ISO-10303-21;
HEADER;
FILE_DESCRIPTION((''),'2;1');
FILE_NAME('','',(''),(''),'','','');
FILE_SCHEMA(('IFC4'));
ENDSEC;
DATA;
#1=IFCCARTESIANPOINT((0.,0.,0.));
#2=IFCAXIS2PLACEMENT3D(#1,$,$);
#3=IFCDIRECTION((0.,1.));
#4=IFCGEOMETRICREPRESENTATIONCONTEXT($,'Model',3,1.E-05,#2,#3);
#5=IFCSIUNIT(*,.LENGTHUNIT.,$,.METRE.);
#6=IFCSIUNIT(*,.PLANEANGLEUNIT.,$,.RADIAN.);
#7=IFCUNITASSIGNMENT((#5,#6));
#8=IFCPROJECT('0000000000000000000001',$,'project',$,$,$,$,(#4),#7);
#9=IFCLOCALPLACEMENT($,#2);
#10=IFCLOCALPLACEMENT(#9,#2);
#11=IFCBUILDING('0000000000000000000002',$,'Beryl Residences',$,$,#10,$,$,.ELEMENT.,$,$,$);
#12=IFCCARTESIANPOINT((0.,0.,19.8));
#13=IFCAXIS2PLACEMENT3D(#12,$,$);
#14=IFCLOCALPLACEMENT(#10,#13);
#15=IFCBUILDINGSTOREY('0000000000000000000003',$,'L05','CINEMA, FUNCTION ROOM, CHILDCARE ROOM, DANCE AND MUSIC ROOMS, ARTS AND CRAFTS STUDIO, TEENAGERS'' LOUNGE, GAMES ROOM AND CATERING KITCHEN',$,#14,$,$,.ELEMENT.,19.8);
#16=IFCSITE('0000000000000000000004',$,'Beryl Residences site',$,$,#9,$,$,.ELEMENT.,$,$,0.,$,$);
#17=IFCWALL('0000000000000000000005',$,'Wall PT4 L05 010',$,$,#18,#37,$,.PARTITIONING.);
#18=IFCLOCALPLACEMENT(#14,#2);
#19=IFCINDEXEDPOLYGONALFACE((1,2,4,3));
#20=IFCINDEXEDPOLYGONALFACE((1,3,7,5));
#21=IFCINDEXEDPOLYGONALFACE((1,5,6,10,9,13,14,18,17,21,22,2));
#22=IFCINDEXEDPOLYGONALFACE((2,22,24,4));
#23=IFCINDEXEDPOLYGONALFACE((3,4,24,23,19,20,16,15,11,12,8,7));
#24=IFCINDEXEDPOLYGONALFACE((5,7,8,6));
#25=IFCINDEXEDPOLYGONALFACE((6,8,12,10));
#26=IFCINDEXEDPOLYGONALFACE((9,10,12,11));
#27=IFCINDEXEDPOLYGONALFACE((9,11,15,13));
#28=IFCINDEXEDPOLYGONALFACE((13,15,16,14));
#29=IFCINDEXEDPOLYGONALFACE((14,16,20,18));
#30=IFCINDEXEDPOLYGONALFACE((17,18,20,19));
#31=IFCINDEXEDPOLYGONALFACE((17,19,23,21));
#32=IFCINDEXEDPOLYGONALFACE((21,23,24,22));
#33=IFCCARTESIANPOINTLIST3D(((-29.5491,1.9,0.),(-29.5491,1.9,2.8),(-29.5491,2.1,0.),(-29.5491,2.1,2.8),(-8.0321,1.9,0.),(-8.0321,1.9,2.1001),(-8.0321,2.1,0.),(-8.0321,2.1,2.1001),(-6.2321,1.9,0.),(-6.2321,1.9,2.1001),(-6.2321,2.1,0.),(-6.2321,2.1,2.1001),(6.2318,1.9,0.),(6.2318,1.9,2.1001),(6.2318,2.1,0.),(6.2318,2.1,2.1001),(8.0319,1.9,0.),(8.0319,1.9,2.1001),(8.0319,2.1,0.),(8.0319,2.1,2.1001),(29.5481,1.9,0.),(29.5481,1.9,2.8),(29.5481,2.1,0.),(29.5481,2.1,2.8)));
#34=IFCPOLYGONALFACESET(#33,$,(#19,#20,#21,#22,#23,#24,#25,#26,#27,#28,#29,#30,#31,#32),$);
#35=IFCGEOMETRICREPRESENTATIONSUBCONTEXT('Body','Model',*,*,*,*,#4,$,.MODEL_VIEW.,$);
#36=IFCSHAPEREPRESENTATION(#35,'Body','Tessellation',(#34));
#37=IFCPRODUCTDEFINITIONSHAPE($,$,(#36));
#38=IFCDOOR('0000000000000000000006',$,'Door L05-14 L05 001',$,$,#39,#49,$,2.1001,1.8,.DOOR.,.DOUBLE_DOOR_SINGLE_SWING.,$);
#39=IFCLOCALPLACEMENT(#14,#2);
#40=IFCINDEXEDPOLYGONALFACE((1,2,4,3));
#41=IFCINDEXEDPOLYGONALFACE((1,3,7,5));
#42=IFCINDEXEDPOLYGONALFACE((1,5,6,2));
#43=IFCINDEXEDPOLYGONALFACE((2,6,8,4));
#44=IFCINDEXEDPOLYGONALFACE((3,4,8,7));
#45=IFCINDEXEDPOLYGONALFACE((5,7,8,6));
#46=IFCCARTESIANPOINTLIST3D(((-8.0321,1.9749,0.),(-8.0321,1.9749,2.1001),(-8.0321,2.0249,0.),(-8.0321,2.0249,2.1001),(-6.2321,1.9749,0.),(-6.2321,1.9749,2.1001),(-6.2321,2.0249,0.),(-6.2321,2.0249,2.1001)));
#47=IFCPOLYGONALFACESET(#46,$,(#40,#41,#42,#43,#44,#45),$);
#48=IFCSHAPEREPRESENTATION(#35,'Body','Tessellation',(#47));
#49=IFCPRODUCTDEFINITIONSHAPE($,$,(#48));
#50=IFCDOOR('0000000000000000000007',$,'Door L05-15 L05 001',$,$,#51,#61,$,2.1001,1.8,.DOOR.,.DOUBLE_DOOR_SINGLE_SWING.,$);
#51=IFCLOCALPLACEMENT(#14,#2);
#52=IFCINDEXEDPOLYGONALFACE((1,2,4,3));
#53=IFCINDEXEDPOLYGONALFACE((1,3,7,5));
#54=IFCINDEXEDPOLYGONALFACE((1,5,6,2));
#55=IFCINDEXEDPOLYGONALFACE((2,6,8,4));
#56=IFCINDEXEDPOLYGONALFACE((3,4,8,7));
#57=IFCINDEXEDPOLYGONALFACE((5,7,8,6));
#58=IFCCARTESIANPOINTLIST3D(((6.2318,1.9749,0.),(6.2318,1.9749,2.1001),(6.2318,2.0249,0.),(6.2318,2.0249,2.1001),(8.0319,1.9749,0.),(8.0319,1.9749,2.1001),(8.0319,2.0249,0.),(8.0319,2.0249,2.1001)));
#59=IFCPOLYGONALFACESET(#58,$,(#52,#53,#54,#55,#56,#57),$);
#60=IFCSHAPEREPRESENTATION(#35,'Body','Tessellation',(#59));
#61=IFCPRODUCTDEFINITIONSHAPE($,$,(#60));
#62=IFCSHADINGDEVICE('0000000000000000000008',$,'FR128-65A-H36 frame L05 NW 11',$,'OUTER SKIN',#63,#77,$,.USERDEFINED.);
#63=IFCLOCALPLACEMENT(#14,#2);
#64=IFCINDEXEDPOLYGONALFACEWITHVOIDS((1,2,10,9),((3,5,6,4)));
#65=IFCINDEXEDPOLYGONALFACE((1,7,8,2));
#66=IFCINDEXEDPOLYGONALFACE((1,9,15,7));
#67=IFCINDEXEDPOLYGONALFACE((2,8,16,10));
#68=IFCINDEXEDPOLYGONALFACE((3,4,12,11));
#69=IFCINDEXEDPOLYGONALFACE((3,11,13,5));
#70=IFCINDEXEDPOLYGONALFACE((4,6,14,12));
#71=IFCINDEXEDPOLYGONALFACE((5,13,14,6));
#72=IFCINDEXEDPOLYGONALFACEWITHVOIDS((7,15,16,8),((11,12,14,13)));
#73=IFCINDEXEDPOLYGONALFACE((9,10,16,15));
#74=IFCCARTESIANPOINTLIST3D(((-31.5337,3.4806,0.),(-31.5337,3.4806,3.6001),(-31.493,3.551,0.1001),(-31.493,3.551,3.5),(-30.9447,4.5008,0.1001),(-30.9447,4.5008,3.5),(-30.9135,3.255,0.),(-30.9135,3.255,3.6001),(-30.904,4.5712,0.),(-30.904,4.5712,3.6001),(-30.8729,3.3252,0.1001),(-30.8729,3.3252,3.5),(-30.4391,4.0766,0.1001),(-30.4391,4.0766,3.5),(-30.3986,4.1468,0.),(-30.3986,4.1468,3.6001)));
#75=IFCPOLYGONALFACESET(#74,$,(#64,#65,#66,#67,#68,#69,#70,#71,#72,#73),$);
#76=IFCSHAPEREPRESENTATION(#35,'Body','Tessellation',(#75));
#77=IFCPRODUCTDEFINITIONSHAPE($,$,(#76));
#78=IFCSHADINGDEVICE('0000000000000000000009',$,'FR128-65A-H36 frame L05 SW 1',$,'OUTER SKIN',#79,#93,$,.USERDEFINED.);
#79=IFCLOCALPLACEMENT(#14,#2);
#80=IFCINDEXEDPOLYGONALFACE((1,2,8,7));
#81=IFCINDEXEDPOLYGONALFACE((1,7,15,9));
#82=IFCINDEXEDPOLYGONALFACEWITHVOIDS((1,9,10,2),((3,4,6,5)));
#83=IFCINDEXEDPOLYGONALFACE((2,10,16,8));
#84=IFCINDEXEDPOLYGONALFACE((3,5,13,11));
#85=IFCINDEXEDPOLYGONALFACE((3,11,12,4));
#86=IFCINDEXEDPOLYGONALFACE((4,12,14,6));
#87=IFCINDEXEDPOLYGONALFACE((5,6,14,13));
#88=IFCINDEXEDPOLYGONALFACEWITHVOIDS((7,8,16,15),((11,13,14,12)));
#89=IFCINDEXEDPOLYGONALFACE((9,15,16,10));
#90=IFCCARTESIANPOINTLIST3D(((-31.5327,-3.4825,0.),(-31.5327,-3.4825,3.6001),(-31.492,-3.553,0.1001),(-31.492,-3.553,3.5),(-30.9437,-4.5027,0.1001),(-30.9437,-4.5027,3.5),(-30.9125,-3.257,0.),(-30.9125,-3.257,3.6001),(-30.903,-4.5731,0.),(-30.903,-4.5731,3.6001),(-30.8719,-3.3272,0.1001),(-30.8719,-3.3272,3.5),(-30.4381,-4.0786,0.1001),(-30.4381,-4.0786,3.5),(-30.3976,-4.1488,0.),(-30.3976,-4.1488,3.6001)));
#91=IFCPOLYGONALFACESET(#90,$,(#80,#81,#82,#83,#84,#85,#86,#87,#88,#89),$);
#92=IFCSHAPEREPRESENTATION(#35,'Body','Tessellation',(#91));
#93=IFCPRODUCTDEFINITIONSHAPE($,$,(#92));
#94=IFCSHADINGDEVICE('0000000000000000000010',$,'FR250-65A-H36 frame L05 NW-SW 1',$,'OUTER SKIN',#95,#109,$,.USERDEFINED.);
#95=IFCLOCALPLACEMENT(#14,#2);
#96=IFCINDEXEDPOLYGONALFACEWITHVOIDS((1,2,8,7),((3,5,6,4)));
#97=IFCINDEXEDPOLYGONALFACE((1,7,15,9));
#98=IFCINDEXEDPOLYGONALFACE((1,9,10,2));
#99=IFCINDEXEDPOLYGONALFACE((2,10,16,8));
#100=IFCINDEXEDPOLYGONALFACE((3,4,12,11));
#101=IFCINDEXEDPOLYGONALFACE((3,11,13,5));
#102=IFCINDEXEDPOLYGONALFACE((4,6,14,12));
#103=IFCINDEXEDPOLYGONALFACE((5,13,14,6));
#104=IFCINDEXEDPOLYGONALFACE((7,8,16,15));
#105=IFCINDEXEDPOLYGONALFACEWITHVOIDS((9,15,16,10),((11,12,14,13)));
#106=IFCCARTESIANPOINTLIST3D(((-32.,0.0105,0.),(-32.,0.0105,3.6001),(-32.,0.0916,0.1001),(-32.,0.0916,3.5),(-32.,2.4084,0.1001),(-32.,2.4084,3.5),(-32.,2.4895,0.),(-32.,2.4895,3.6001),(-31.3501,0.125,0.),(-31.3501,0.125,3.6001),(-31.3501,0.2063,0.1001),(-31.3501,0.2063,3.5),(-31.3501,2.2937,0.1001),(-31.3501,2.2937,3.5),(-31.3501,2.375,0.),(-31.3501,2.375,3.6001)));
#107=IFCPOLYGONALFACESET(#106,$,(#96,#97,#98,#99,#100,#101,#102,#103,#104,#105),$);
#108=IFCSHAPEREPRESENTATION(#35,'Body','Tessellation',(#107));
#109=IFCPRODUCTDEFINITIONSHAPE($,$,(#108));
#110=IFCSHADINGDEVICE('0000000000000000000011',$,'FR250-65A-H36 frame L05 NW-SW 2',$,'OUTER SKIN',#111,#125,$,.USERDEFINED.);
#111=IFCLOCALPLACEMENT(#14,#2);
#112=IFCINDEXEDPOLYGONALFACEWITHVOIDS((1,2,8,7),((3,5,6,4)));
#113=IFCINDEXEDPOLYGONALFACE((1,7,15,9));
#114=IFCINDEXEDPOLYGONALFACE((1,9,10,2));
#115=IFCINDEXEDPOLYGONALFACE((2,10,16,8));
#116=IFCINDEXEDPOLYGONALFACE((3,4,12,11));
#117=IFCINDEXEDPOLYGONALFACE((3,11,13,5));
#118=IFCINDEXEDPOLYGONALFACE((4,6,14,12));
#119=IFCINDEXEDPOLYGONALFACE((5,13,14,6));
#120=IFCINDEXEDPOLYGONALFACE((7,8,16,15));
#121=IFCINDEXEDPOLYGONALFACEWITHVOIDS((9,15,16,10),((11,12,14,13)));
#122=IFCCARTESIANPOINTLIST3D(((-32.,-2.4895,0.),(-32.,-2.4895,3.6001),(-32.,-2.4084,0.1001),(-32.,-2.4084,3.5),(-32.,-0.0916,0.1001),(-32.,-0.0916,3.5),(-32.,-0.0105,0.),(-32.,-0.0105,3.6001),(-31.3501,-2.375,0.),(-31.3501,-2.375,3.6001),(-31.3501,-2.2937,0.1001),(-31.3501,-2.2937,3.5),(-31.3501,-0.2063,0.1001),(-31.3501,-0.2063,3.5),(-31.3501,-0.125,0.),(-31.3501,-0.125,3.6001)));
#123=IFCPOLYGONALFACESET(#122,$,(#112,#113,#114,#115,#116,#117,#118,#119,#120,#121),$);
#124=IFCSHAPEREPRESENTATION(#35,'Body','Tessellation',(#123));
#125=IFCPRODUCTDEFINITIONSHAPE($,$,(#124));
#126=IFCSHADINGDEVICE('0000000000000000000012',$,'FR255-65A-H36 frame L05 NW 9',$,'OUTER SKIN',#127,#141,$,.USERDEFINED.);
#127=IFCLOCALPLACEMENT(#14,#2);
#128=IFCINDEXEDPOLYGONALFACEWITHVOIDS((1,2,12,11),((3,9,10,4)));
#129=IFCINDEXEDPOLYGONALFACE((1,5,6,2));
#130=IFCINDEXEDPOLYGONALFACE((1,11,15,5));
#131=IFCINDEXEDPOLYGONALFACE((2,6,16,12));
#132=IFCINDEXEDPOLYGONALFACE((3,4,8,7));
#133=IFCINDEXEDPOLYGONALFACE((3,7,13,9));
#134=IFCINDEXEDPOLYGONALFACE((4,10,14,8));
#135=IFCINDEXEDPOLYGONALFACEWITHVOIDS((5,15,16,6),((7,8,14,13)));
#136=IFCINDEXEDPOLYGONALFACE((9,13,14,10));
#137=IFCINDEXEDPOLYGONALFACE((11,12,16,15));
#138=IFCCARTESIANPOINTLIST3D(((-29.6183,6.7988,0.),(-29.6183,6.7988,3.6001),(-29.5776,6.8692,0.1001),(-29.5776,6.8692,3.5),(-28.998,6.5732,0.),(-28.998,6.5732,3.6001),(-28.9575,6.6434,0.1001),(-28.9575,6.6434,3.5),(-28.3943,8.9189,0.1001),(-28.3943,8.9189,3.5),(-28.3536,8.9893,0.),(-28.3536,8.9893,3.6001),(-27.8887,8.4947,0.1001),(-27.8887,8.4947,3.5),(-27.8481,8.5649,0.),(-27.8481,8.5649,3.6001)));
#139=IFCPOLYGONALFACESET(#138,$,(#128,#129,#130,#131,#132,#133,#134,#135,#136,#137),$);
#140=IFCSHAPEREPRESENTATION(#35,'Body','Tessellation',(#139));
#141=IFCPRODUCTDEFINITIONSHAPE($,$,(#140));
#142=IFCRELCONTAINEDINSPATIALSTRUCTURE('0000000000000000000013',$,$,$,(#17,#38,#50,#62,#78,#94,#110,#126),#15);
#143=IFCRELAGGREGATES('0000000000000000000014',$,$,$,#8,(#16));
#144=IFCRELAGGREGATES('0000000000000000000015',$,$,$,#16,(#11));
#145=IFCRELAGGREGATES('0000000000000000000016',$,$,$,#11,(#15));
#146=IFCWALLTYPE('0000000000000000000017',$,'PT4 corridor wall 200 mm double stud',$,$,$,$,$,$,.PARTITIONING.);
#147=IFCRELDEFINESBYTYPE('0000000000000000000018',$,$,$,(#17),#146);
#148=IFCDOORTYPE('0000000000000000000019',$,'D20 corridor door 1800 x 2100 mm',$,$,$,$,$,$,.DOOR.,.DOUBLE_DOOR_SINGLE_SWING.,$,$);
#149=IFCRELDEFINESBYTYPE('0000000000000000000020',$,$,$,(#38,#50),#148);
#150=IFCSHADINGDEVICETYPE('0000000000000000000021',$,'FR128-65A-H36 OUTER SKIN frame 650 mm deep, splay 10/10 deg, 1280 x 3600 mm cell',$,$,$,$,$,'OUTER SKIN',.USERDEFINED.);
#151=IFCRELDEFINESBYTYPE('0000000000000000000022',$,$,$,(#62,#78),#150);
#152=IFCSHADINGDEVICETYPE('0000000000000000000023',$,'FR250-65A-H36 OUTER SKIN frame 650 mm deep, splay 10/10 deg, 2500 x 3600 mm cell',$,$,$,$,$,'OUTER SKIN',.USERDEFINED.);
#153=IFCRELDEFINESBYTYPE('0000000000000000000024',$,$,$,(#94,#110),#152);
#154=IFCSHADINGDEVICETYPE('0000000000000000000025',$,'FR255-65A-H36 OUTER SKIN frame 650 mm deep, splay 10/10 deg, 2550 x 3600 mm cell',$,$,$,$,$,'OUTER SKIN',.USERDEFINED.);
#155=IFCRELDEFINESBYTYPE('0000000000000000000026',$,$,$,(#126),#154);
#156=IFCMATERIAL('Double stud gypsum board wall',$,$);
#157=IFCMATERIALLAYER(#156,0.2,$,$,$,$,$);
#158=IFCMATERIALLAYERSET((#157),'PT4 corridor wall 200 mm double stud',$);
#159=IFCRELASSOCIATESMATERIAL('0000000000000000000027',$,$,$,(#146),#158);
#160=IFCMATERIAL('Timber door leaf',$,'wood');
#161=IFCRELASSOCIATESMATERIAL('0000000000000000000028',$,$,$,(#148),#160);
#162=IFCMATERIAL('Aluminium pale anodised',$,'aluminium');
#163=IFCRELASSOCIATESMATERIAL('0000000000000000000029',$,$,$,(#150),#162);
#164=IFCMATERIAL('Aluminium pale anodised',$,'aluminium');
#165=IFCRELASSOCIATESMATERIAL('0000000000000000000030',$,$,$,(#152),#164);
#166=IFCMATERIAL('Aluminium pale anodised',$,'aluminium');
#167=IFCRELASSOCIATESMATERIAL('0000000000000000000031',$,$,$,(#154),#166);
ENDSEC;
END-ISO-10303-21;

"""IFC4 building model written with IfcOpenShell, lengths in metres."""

from ifc_helpers import new_model, entity, si_unit, direction, frame, frame_2d, origin, place, context, subcontext, project, spatial, rectangle, extrude, source, transform, mapped, material, layer, layer_set, type_object, type_shapes, element, fill, save


model = new_model("IFC4")

# Units and contexts
model_context = context("Model", 3, precision=1e-05, world=origin(), true_north=direction((0.0, 1.0)))
body_context = subcontext(model_context, "Body", "Model", "MODEL_VIEW")
ifc_project = project(units=[si_unit("LENGTHUNIT", "METRE"), si_unit("PLANEANGLEUNIT", "RADIAN")], contexts=[model_context])

# Site, building, storey
site_placement = place(None, origin())
site = spatial("IfcSite", under=ifc_project, at=site_placement, Name="Beryl Residences site", CompositionType="ELEMENT", RefElevation=0.0)
building_placement = place(site_placement, origin())
building = spatial("IfcBuilding", under=site, at=building_placement, Name="Beryl Residences", CompositionType="ELEMENT")
storey_placement = place(building_placement, frame((0.0, 0.0, 19.8)))
storey = spatial("IfcBuildingStorey", under=building, at=storey_placement, Name="L05", Description="CINEMA, FUNCTION ROOM, CHILDCARE ROOM, DANCE AND MUSIC ROOMS, ARTS AND CRAFTS STUDIO, TEENAGERS' LOUNGE, GAMES ROOM AND CATERING KITCHEN", CompositionType="ELEMENT", Elevation=19.8)

# Shared definitions
ifc_material_1 = material(Name="Double stud gypsum board wall")
ifc_layer_1 = layer(ifc_material_1, 0.2)
ifc_layer_set_1 = layer_set([ifc_layer_1], Name="PT4 corridor wall 200 mm double stud")
wall_type_1 = type_object("IfcWallType", Name="PT4 corridor wall 200 mm double stud", PredefinedType="PARTITIONING", material=ifc_layer_set_1)

# Wall, openings, doors
wall_1_placement = place(storey_placement, frame((-29.5491, 2.0, 0.0), z_axis=(0.0, 0.0, 1.0), x_axis=(1.0, 0.0, 0.0)))
wall_1 = element("IfcWall", 1, at=wall_1_placement, inside=storey, type_object=wall_type_1, Name="Wall PT4 L05 010", PredefinedType="PARTITIONING", context=body_context, shape_type="SweptSolid", body=[
    extrude(rectangle(XDim=59.0972, YDim=0.2, at=frame_2d((29.5486, 0.0))), origin(), (0.0, 0.0, 1.0), 2.8),
])
opening_1_placement = place(wall_1_placement, frame((21.5171, 0.0, 0.0)))
opening_1 = element("IfcOpeningElement", 2, at=opening_1_placement, cuts=wall_1, PredefinedType="OPENING", context=body_context, shape_type="SweptSolid", body=[
    extrude(rectangle(XDim=1.8, YDim=2.1001, at=frame_2d((0.8999, 1.05))), frame((0.0, 0.1099, 0.0), z_axis=(0.0, -1.0, 0.0), x_axis=(1.0, 0.0, 0.0)), (0.0, 0.0, 1.0), 0.22),
])
opening_2_placement = place(wall_1_placement, frame((35.781, 0.0, 0.0)))
opening_2 = element("IfcOpeningElement", 3, at=opening_2_placement, cuts=wall_1, PredefinedType="OPENING", context=body_context, shape_type="SweptSolid", body=[
    extrude(rectangle(XDim=1.8, YDim=2.1001, at=frame_2d((0.8999, 1.05))), frame((0.0, 0.1099, 0.0), z_axis=(0.0, -1.0, 0.0), x_axis=(1.0, 0.0, 0.0)), (0.0, 0.0, 1.0), 0.22),
])
ifc_material_2 = material(Name="Timber door leaf", Category="wood")
door_type = type_object("IfcDoorType", Name="D20 corridor door 1800 x 2100 mm", OperationType="DOUBLE_DOOR_SINGLE_SWING", PredefinedType="DOOR", material=ifc_material_2)
door_1_placement = place(opening_1_placement, origin())
door_1 = element("IfcDoor", 4, at=door_1_placement, inside=storey, type_object=door_type, Name="Door L05-14 L05 001", OperationType="DOUBLE_DOOR_SINGLE_SWING", OverallHeight=2.1001, OverallWidth=1.8, PredefinedType="DOOR", context=body_context, shape_type="SweptSolid", body=[
    extrude(rectangle(XDim=1.8, YDim=2.1001, at=frame_2d((0.8999, 1.05))), frame((0.0, 0.0249, 0.0), z_axis=(0.0, -1.0, 0.0), x_axis=(1.0, 0.0, 0.0)), (0.0, 0.0, 1.0), 0.05),
])
fill(opening_1, door_1)
door_2_placement = place(opening_2_placement, origin())
door_2 = element("IfcDoor", 5, at=door_2_placement, inside=storey, type_object=door_type, Name="Door L05-15 L05 001", OperationType="DOUBLE_DOOR_SINGLE_SWING", OverallHeight=2.1001, OverallWidth=1.8, PredefinedType="DOOR", context=body_context, shape_type="SweptSolid", body=[
    extrude(rectangle(XDim=1.8, YDim=2.1001, at=frame_2d((0.8999, 1.05))), frame((0.0, 0.0249, 0.0), z_axis=(0.0, -1.0, 0.0), x_axis=(1.0, 0.0, 0.0)), (0.0, 0.0, 1.0), 0.05),
])
fill(opening_2, door_2)

# Shading devices
ifc_material_3 = material(Name="Aluminium pale anodised", Category="aluminium")
shading_device_type_1 = type_object("IfcShadingDeviceType", Name="FR128-65A-H36 OUTER SKIN frame 650 mm deep, splay 10/10 deg, 1280 x 3600 mm cell", ElementType="OUTER SKIN", PredefinedType="USERDEFINED", material=ifc_material_3)
cartesian_point_1 = entity("IfcCartesianPoint", [-0.5149, 0.0])
cartesian_point_2 = entity("IfcCartesianPoint", [-0.4338, 0.1001])
cartesian_point_3 = entity("IfcCartesianPoint", [-0.6296, 0.0])
cartesian_point_4 = entity("IfcCartesianPoint", [-0.5483, 0.1001])
shared_shape_1 = source(origin(), body_context, "Body", "SweptSolid", [
    entity("IfcExtrudedAreaSolidTapered", entity("IfcArbitraryProfileDefWithVoids", "AREA", None, entity("IfcPolyline", [cartesian_point_1, entity("IfcCartesianPoint", [0.5149, 0.0]), entity("IfcCartesianPoint", [0.5149, 3.6001]), entity("IfcCartesianPoint", [-0.5149, 3.6001]), cartesian_point_1]), [entity("IfcPolyline", [cartesian_point_2, entity("IfcCartesianPoint", [0.4338, 0.1001]), entity("IfcCartesianPoint", [0.4338, 3.5]), entity("IfcCartesianPoint", [-0.4338, 3.5]), cartesian_point_2])]), entity("IfcAxis2Placement3D", entity("IfcCartesianPoint", [0.0, 0.0, 0.0]), entity("IfcDirection", [0.0, 1.0, 0.0]), entity("IfcDirection", [-1.0, 0.0, 0.0])), entity("IfcDirection", [0.0, 0.0, 1.0]), 0.6499, entity("IfcArbitraryProfileDefWithVoids", "AREA", None, entity("IfcPolyline", [cartesian_point_3, entity("IfcCartesianPoint", [0.6296, 0.0]), entity("IfcCartesianPoint", [0.6296, 3.6001]), entity("IfcCartesianPoint", [-0.6296, 3.6001]), cartesian_point_3]), [entity("IfcPolyline", [cartesian_point_4, entity("IfcCartesianPoint", [0.5483, 0.1001]), entity("IfcCartesianPoint", [0.5483, 3.5]), entity("IfcCartesianPoint", [-0.5483, 3.5]), cartesian_point_4])])),
])
type_shapes(shading_device_type_1, [shared_shape_1])
for number, where, z_axis, x_axis, name in (
    (6, (-30.656, 3.7009, 0.0), (0.0, 0.0, 1.0), (0.5, 0.866025, 0.0), "FR128-65A-H36 frame L05 NW 11"),
    (7, (-30.655, -3.7029, 0.0), (0.0, 0.0, 1.0), (-0.5, 0.866025, 0.0), "FR128-65A-H36 frame L05 SW 1"),
):
    element("IfcShadingDevice", number, at=place(storey_placement, frame(where, z_axis=z_axis, x_axis=x_axis)), inside=storey, type_object=shading_device_type_1, Name=name, ObjectType="OUTER SKIN", PredefinedType="USERDEFINED", context=body_context, shape_type="MappedRepresentation", body=[
        mapped(shared_shape_1, transform((0.0, 0.0, 0.0))),
    ])
ifc_material_4 = material(Name="Aluminium pale anodised", Category="aluminium")
shading_device_type_2 = type_object("IfcShadingDeviceType", Name="FR250-65A-H36 OUTER SKIN frame 650 mm deep, splay 10/10 deg, 2500 x 3600 mm cell", ElementType="OUTER SKIN", PredefinedType="USERDEFINED", material=ifc_material_4)
cartesian_point_5 = entity("IfcCartesianPoint", [-1.125, 0.0])
cartesian_point_6 = entity("IfcCartesianPoint", [-1.0437, 0.1001])
cartesian_point_7 = entity("IfcCartesianPoint", [-1.2395, 0.0])
cartesian_point_8 = entity("IfcCartesianPoint", [-1.1584, 0.1001])
shared_shape_2 = source(origin(), body_context, "Body", "SweptSolid", [
    entity("IfcExtrudedAreaSolidTapered", entity("IfcArbitraryProfileDefWithVoids", "AREA", None, entity("IfcPolyline", [cartesian_point_5, entity("IfcCartesianPoint", [1.125, 0.0]), entity("IfcCartesianPoint", [1.125, 3.6001]), entity("IfcCartesianPoint", [-1.125, 3.6001]), cartesian_point_5]), [entity("IfcPolyline", [cartesian_point_6, entity("IfcCartesianPoint", [1.0437, 0.1001]), entity("IfcCartesianPoint", [1.0437, 3.5]), entity("IfcCartesianPoint", [-1.0437, 3.5]), cartesian_point_6])]), entity("IfcAxis2Placement3D", entity("IfcCartesianPoint", [0.0, 0.0, 0.0]), entity("IfcDirection", [0.0, 1.0, 0.0]), entity("IfcDirection", [-1.0, 0.0, 0.0])), entity("IfcDirection", [0.0, 0.0, 1.0]), 0.6499, entity("IfcArbitraryProfileDefWithVoids", "AREA", None, entity("IfcPolyline", [cartesian_point_7, entity("IfcCartesianPoint", [1.2395, 0.0]), entity("IfcCartesianPoint", [1.2395, 3.6001]), entity("IfcCartesianPoint", [-1.2395, 3.6001]), cartesian_point_7]), [entity("IfcPolyline", [cartesian_point_8, entity("IfcCartesianPoint", [1.1584, 0.1001]), entity("IfcCartesianPoint", [1.1584, 3.5]), entity("IfcCartesianPoint", [-1.1584, 3.5]), cartesian_point_8])])),
])
type_shapes(shading_device_type_2, [shared_shape_2])
for number, where, z_axis, x_axis, name in (
    (8, (-31.3501, 1.25, 0.0), (0.0, 0.0, 1.0), (0.0, 1.0, 0.0), "FR250-65A-H36 frame L05 NW-SW 1"),
    (9, (-31.3501, -1.25, 0.0), (0.0, 0.0, 1.0), (0.0, 1.0, 0.0), "FR250-65A-H36 frame L05 NW-SW 2"),
):
    element("IfcShadingDevice", number, at=place(storey_placement, frame(where, z_axis=z_axis, x_axis=x_axis)), inside=storey, type_object=shading_device_type_2, Name=name, ObjectType="OUTER SKIN", PredefinedType="USERDEFINED", context=body_context, shape_type="MappedRepresentation", body=[
        mapped(shared_shape_2, transform((0.0, 0.0, 0.0))),
    ])
ifc_material_5 = material(Name="Aluminium pale anodised", Category="aluminium")
shading_device_type_3 = type_object("IfcShadingDeviceType", Name="FR255-65A-H36 OUTER SKIN frame 650 mm deep, splay 10/10 deg, 2550 x 3600 mm cell", ElementType="OUTER SKIN", PredefinedType="USERDEFINED", material=ifc_material_5)
cartesian_point_9 = entity("IfcCartesianPoint", [-1.1499, 0.0])
cartesian_point_10 = entity("IfcCartesianPoint", [-1.0688, 0.1001])
cartesian_point_11 = entity("IfcCartesianPoint", [-1.2646, 0.0])
cartesian_point_12 = entity("IfcCartesianPoint", [-1.1833, 0.1001])
shared_shape_3 = source(origin(), body_context, "Body", "SweptSolid", [
    entity("IfcExtrudedAreaSolidTapered", entity("IfcArbitraryProfileDefWithVoids", "AREA", None, entity("IfcPolyline", [cartesian_point_9, entity("IfcCartesianPoint", [1.1499, 0.0]), entity("IfcCartesianPoint", [1.1499, 3.6001]), entity("IfcCartesianPoint", [-1.1499, 3.6001]), cartesian_point_9]), [entity("IfcPolyline", [cartesian_point_10, entity("IfcCartesianPoint", [1.0688, 0.1001]), entity("IfcCartesianPoint", [1.0688, 3.5]), entity("IfcCartesianPoint", [-1.0688, 3.5]), cartesian_point_10])]), entity("IfcAxis2Placement3D", entity("IfcCartesianPoint", [0.0, 0.0, 0.0]), entity("IfcDirection", [0.0, 1.0, 0.0]), entity("IfcDirection", [-1.0, 0.0, 0.0])), entity("IfcDirection", [0.0, 0.0, 1.0]), 0.6499, entity("IfcArbitraryProfileDefWithVoids", "AREA", None, entity("IfcPolyline", [cartesian_point_11, entity("IfcCartesianPoint", [1.2646, 0.0]), entity("IfcCartesianPoint", [1.2646, 3.6001]), entity("IfcCartesianPoint", [-1.2646, 3.6001]), cartesian_point_11]), [entity("IfcPolyline", [cartesian_point_12, entity("IfcCartesianPoint", [1.1833, 0.1001]), entity("IfcCartesianPoint", [1.1833, 3.5]), entity("IfcCartesianPoint", [-1.1833, 3.5]), cartesian_point_12])])),
])
type_shapes(shading_device_type_3, [shared_shape_3])
for number, where, z_axis, x_axis, name in (
    (10, (-28.4231, 7.5691, 0.0), (0.0, 0.0, 1.0), (0.5, 0.866025, 0.0), "FR255-65A-H36 frame L05 NW 9"),
):
    element("IfcShadingDevice", number, at=place(storey_placement, frame(where, z_axis=z_axis, x_axis=x_axis)), inside=storey, type_object=shading_device_type_3, Name=name, ObjectType="OUTER SKIN", PredefinedType="USERDEFINED", context=body_context, shape_type="MappedRepresentation", body=[
        mapped(shared_shape_3, transform((0.0, 0.0, 0.0))),
    ])

save(model, "model.ifc")
